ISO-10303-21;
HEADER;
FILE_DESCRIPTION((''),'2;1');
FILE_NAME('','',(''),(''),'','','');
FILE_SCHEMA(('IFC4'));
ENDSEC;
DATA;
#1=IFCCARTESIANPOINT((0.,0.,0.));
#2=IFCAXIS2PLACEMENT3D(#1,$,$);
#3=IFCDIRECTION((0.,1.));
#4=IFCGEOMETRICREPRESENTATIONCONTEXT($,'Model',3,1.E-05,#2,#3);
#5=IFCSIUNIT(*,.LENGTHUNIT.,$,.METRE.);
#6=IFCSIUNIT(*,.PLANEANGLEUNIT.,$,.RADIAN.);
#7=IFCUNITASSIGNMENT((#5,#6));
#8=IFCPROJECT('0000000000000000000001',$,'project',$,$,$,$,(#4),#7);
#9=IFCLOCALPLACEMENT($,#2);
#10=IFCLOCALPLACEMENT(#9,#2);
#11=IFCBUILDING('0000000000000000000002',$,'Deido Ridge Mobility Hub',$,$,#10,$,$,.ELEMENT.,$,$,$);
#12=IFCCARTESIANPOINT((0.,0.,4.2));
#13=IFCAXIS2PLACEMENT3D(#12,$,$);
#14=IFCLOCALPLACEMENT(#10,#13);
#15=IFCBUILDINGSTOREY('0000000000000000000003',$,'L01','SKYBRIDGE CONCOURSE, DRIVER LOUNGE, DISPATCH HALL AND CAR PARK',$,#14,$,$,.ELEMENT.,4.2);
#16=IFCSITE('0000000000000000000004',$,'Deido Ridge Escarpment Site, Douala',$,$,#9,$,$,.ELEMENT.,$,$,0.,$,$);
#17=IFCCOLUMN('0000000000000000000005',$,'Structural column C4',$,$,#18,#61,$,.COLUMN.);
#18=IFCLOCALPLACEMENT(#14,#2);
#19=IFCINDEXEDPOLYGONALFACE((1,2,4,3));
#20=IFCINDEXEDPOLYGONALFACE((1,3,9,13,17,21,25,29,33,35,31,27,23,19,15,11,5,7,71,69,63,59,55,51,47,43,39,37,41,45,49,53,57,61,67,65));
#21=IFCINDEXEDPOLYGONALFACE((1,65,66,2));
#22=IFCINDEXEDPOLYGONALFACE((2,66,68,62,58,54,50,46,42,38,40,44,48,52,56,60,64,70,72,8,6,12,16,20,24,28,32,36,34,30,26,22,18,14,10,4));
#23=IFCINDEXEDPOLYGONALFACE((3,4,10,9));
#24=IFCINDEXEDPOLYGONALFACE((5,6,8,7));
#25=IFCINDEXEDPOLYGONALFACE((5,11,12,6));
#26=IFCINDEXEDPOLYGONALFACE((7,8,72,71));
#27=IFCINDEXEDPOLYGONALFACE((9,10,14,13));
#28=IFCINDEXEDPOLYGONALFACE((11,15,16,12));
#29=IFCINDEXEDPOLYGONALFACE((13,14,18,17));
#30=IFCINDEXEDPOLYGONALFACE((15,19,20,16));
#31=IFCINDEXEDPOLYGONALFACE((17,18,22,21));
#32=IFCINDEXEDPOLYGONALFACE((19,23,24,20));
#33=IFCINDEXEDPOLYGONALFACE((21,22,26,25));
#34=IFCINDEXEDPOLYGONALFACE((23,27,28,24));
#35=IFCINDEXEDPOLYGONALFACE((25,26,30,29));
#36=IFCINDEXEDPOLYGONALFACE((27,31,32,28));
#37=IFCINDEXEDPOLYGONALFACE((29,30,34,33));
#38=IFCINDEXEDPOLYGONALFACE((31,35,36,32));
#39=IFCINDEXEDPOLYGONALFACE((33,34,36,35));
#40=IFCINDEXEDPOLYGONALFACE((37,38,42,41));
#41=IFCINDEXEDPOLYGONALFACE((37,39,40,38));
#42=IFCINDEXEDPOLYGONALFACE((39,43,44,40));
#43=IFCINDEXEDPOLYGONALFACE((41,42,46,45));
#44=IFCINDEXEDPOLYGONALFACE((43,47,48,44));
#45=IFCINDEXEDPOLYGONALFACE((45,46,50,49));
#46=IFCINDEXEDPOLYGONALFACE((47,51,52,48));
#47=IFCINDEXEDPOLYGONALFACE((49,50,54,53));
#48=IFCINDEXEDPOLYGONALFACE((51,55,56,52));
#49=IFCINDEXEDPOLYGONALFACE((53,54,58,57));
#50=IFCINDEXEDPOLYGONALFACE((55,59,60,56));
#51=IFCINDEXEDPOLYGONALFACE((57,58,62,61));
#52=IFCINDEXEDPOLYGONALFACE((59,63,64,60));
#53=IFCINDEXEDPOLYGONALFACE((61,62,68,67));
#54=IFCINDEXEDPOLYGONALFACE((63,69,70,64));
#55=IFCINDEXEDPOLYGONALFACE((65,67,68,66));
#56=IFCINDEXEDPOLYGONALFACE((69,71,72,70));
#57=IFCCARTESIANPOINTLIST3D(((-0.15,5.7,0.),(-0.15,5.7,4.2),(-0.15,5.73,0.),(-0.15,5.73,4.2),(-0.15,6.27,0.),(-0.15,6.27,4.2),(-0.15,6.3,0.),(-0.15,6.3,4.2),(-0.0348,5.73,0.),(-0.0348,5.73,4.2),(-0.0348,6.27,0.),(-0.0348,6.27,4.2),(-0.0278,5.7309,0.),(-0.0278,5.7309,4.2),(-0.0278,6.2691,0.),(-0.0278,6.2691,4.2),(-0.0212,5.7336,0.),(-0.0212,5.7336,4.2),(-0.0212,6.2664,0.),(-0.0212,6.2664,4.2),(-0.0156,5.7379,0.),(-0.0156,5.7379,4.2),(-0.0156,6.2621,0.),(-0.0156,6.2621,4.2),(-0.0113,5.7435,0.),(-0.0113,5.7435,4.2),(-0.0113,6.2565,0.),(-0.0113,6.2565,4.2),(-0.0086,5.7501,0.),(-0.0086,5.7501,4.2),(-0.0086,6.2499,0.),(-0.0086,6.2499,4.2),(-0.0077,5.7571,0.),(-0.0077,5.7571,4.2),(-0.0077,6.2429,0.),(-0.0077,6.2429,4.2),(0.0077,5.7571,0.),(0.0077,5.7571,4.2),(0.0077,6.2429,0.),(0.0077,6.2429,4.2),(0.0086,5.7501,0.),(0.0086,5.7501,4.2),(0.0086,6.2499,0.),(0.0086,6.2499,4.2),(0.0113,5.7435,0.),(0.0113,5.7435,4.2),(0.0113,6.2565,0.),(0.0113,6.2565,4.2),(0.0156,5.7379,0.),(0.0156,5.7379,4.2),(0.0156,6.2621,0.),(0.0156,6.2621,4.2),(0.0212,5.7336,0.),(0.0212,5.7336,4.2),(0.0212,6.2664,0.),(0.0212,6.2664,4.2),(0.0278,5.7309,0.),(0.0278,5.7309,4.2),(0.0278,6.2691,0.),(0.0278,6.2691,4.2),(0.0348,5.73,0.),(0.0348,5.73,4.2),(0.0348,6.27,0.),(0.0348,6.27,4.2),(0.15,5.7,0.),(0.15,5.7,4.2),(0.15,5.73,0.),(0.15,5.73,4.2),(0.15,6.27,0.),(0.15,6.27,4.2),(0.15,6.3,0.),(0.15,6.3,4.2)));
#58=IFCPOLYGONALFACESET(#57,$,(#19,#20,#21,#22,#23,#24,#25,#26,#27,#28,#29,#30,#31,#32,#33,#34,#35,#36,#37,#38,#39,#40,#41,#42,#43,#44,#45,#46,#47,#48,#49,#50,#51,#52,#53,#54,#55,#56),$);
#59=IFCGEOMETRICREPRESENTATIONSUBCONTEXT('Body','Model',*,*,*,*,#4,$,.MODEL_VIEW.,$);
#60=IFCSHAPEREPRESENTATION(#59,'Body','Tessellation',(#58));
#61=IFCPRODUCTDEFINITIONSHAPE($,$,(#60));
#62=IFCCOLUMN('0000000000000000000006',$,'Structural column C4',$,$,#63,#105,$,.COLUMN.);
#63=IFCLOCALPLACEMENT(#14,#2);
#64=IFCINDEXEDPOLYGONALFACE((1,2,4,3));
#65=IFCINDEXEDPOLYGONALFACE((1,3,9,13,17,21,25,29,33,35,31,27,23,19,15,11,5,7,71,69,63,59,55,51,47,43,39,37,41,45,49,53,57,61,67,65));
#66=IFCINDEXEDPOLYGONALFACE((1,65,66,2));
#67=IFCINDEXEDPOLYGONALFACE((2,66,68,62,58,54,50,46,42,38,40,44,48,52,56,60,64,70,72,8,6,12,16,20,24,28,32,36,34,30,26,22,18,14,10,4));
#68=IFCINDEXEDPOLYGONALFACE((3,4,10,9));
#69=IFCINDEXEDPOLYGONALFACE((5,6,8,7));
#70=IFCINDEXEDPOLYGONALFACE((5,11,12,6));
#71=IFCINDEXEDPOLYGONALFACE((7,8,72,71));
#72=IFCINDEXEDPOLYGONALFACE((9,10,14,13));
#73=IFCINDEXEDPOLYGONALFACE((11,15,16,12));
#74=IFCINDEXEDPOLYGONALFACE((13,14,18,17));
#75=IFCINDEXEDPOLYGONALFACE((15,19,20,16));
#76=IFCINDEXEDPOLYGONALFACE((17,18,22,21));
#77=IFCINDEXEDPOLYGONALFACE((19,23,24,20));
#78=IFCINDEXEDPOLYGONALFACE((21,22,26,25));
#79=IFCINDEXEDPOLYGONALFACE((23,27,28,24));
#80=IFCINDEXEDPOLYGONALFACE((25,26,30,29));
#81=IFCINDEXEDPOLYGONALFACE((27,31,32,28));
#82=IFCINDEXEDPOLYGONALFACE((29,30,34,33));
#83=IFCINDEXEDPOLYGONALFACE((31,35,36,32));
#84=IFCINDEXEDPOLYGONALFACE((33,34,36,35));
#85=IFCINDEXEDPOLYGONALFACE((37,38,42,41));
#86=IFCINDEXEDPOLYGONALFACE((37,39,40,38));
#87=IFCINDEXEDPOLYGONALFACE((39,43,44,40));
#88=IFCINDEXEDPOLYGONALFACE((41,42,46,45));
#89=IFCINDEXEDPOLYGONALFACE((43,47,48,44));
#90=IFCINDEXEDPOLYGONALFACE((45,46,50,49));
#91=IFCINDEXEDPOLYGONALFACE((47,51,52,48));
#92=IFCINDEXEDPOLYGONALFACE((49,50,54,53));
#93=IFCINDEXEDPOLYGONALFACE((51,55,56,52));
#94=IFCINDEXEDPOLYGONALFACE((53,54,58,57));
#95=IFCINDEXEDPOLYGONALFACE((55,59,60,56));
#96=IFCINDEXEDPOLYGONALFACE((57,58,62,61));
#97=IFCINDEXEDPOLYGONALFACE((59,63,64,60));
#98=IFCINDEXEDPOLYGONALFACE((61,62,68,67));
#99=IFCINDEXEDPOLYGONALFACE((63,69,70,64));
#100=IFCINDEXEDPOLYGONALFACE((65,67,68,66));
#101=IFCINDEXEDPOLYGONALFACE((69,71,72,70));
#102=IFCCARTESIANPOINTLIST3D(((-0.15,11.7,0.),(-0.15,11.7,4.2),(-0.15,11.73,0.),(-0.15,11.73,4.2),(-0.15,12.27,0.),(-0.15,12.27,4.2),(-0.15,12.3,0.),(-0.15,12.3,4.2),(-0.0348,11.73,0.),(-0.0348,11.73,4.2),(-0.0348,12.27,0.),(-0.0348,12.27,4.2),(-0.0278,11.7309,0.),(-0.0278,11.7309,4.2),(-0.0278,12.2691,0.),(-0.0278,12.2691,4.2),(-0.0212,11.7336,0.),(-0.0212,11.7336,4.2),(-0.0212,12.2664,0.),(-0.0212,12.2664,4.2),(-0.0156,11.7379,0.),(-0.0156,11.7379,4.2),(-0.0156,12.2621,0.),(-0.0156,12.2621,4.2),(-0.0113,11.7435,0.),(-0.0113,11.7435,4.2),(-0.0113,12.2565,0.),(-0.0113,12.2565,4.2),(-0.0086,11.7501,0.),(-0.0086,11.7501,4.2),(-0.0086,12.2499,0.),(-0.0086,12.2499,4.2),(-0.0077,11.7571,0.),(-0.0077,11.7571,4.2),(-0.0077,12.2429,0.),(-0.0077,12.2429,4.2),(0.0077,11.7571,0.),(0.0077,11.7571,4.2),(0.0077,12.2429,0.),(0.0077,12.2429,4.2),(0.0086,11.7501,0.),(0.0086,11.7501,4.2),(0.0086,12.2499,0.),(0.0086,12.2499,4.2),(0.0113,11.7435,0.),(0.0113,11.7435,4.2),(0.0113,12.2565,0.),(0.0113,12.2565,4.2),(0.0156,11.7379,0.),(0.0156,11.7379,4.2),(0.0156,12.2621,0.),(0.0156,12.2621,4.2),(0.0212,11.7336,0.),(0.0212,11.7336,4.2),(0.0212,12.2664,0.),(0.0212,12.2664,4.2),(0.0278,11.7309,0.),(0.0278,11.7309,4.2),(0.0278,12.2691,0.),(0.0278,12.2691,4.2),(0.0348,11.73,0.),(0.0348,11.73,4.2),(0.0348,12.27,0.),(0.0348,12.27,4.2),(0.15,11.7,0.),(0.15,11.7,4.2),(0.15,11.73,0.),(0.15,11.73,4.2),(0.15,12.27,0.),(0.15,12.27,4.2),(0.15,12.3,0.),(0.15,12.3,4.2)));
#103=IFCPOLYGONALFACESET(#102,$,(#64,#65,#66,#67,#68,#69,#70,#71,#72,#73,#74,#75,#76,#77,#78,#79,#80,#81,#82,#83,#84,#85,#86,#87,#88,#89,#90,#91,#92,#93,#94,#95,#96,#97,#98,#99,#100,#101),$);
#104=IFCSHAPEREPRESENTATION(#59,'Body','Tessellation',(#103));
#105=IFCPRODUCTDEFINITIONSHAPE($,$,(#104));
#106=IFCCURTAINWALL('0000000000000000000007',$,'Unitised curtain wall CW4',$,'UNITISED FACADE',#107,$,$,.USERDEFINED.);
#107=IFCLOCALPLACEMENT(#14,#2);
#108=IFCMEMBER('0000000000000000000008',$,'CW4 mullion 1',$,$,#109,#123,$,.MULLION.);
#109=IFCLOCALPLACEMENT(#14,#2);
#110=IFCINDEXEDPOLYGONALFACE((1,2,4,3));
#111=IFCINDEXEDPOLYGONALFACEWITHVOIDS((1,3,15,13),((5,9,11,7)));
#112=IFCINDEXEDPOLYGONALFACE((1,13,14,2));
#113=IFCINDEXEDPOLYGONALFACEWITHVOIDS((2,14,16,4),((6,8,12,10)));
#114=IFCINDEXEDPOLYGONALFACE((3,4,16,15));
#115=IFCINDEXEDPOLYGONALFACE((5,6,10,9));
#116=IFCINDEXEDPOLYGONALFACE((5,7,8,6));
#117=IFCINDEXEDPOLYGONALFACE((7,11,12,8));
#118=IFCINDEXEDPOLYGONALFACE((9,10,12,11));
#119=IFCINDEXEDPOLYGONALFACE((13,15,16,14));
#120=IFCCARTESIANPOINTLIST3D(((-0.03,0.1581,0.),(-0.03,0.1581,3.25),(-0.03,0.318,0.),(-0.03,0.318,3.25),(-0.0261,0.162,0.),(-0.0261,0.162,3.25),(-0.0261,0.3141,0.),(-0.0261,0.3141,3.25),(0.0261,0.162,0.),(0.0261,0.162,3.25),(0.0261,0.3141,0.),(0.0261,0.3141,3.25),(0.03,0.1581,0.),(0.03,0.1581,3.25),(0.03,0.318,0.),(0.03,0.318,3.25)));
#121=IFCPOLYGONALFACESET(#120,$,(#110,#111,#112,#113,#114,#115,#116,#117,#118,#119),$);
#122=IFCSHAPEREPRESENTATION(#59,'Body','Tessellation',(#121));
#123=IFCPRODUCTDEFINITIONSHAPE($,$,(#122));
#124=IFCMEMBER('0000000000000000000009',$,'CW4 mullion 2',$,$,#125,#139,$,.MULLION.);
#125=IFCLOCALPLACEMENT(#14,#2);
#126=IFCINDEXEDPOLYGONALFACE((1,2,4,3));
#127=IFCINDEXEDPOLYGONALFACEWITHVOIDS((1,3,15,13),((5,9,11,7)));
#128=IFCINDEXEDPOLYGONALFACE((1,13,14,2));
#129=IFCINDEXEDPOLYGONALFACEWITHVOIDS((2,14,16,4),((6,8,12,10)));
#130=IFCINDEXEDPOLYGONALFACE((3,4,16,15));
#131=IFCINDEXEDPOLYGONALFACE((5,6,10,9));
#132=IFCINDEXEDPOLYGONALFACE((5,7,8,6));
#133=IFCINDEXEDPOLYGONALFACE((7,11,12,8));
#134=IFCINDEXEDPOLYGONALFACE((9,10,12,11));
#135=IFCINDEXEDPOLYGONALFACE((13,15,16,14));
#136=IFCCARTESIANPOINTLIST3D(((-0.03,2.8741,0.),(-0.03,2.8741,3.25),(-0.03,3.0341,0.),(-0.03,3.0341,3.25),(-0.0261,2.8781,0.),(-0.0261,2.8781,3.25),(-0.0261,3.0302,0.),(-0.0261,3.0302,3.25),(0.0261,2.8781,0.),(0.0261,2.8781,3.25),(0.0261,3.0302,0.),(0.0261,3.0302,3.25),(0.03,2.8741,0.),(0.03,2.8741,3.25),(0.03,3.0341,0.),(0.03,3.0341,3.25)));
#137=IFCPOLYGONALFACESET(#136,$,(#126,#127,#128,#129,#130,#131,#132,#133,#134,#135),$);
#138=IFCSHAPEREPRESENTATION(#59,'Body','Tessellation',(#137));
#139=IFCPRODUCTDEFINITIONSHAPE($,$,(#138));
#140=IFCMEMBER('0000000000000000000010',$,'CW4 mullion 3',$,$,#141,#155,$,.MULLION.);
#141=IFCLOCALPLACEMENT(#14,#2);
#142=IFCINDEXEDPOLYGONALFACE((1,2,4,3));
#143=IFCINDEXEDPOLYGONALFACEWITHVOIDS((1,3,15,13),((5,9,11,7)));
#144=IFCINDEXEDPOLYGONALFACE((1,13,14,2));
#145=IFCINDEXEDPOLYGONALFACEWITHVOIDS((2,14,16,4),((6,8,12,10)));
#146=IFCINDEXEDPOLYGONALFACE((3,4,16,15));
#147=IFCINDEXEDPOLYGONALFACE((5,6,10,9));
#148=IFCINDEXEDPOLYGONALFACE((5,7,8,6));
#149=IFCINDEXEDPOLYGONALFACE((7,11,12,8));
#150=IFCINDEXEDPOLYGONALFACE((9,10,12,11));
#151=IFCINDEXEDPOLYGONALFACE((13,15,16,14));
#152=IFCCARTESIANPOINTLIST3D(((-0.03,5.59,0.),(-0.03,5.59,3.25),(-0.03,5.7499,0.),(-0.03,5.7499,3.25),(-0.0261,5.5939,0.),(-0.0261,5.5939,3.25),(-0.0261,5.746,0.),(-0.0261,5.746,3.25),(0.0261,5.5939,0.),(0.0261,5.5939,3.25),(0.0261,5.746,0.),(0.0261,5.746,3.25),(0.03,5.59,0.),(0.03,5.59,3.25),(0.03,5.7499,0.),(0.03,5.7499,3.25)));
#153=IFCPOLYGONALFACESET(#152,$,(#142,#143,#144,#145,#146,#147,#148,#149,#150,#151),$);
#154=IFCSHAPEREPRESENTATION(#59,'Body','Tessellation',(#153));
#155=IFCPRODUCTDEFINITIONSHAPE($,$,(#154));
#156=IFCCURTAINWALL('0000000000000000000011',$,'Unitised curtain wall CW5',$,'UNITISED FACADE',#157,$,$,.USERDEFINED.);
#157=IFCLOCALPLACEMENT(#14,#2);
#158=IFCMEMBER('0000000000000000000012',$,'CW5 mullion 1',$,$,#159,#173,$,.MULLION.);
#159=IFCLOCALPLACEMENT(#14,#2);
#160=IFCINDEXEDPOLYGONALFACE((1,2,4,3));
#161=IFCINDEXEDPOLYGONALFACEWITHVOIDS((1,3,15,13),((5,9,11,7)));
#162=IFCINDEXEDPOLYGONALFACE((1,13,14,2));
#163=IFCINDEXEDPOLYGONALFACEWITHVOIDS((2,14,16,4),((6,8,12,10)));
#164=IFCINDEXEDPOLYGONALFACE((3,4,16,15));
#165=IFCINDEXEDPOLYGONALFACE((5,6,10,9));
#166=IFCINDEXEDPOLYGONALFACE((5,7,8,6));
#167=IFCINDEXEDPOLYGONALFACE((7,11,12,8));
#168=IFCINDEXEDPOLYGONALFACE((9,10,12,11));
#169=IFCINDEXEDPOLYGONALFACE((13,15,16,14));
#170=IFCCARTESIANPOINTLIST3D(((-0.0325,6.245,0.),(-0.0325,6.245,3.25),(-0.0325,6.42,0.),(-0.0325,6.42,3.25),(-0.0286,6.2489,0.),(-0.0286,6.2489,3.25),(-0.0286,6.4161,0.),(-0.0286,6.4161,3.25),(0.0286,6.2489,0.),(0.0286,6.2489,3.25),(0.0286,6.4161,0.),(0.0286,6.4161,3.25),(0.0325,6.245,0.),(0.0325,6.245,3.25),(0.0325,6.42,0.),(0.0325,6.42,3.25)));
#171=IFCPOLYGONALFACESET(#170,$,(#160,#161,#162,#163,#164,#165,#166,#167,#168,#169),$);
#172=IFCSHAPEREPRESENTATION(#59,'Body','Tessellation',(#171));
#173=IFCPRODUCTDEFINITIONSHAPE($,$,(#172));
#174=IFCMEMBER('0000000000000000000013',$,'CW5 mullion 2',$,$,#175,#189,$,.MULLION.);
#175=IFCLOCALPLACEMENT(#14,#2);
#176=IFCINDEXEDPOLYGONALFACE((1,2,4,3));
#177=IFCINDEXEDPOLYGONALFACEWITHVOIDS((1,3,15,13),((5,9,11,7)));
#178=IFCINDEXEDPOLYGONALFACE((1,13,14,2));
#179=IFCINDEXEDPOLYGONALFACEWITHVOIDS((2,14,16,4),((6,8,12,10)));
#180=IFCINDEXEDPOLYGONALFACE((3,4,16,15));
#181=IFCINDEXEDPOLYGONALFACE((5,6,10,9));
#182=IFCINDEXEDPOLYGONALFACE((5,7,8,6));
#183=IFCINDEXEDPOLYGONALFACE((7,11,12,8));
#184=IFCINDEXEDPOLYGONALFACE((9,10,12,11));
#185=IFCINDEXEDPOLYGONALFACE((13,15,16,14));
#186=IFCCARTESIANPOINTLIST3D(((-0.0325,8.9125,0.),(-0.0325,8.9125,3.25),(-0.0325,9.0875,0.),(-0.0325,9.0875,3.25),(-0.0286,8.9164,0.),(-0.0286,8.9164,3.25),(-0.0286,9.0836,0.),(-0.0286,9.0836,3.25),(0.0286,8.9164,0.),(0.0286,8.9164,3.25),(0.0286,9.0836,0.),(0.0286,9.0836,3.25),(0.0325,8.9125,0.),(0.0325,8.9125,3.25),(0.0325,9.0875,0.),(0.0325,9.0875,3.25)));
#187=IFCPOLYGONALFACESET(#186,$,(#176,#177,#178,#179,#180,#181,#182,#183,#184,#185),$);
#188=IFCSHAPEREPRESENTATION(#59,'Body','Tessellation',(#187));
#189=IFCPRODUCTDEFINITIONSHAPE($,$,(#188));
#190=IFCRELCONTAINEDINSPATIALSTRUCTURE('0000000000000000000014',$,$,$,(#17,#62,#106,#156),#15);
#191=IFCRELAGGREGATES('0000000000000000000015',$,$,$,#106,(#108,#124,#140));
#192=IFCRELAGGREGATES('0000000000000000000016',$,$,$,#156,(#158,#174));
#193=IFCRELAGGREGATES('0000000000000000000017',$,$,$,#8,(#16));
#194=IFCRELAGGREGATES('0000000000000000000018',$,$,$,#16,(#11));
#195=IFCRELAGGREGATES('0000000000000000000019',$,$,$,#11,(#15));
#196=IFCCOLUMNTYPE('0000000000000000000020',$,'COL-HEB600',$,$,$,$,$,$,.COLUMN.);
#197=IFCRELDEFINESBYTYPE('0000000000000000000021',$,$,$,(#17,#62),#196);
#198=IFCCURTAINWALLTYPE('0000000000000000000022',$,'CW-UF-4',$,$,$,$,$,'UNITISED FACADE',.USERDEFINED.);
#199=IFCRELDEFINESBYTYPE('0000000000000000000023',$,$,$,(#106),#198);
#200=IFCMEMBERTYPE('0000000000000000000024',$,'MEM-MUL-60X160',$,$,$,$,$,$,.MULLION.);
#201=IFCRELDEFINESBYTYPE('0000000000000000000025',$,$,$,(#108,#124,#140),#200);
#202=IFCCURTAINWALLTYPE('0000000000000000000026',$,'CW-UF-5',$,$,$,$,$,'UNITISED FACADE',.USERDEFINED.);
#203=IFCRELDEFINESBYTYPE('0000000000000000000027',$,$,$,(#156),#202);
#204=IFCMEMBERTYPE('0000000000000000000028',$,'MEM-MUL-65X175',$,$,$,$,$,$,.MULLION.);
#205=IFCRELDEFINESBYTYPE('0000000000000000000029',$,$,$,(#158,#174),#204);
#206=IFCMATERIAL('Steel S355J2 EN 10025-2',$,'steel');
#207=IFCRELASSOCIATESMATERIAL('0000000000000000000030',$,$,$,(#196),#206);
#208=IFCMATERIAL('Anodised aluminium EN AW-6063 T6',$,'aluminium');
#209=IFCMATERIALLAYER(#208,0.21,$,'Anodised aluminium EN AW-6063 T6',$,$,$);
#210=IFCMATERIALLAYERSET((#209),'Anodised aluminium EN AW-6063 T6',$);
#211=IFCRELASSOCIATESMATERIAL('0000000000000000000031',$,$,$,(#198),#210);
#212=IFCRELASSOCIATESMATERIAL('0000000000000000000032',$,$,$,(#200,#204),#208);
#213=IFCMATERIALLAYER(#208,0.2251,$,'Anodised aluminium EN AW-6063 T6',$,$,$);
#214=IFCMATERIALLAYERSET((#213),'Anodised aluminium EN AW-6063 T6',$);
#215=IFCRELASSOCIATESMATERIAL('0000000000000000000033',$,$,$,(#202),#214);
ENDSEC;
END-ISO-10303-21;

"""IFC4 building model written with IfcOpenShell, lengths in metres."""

from ifc_helpers import new_model, si_unit, direction, frame, origin, origin_2d, place, context, subcontext, project, spatial, hollow_rectangle, i_section, extrude, material, layer, layer_set, material_profile, profile_set, type_object, element, aggregate, save


model = new_model("IFC4")

# Units and contexts
model_context = context("Model", 3, precision=1e-05, world=origin(), true_north=direction((0.0, 1.0)))
body_context = subcontext(model_context, "Body", "Model", "MODEL_VIEW")
ifc_project = project(units=[si_unit("LENGTHUNIT", "METRE"), si_unit("PLANEANGLEUNIT", "RADIAN")], contexts=[model_context])

# Site, building, storey
site_placement = place(None, origin())
site = spatial("IfcSite", under=ifc_project, at=site_placement, Name="Deido Ridge Escarpment Site, Douala", CompositionType="ELEMENT", RefElevation=0.0)
building_placement = place(site_placement, origin())
building = spatial("IfcBuilding", under=site, at=building_placement, Name="Deido Ridge Mobility Hub", CompositionType="ELEMENT")
storey_placement = place(building_placement, frame((0.0, 0.0, 4.2)))
storey = spatial("IfcBuildingStorey", under=building, at=storey_placement, Name="L01", Description="SKYBRIDGE CONCOURSE, DRIVER LOUNGE, DISPATCH HALL AND CAR PARK", CompositionType="ELEMENT", Elevation=4.2)

# Columns
ifc_material_1 = material(Name="Steel S355J2 EN 10025-2", Category="steel")
ifc_material_profile_1 = material_profile(ifc_material_1, i_section(OverallWidth=0.3, OverallDepth=0.6001, WebThickness=0.0154, FlangeThickness=0.03, FilletRadius=0.0271, at=origin_2d()), Name="HEB 600")
ifc_profile_set_1 = profile_set([ifc_material_profile_1], Name="Steel S355J2 EN 10025-2")
column_type = type_object("IfcColumnType", Name="COL-HEB600", PredefinedType="COLUMN", material=ifc_profile_set_1)
for number, where, z_axis, x_axis, name in (
    (1, (0.0, 6.0, 0.0), (0.0, 0.0, 1.0), (1.0, 0.0, 0.0), "Structural column C4"),
    (2, (0.0, 12.0, 0.0), (0.0, 0.0, 1.0), (1.0, 0.0, 0.0), "Structural column C4"),
):
    element("IfcColumn", number, at=place(storey_placement, frame(where, z_axis=z_axis, x_axis=x_axis)), inside=storey, type_object=column_type, Name=name, PredefinedType="COLUMN", context=body_context, shape_type="SweptSolid", body=[
        extrude(i_section(OverallWidth=0.3, OverallDepth=0.6001, WebThickness=0.0154, FlangeThickness=0.03, FilletRadius=0.0271, at=origin_2d()), origin(), (0.0, 0.0, 1.0), 4.2),
    ])

# Curtain walls, members
ifc_material_2 = material(Name="Anodised aluminium EN AW-6063 T6", Category="aluminium")
ifc_layer_1 = layer(ifc_material_2, 0.21, Name="Anodised aluminium EN AW-6063 T6")
ifc_layer_set_1 = layer_set([ifc_layer_1], Name="Anodised aluminium EN AW-6063 T6")
curtain_wall_type_1 = type_object("IfcCurtainWallType", Name="CW-UF-4", ElementType="UNITISED FACADE", PredefinedType="USERDEFINED", material=ifc_layer_set_1)
curtain_wall_1_placement = place(storey_placement, origin())
curtain_wall_1 = element("IfcCurtainWall", 3, at=curtain_wall_1_placement, inside=storey, type_object=curtain_wall_type_1, Name="Unitised curtain wall CW4", ObjectType="UNITISED FACADE", PredefinedType="USERDEFINED")
ifc_material_profile_2 = material_profile(ifc_material_2, hollow_rectangle(XDim=0.0601, YDim=0.1599, WallThickness=0.0039, at=origin_2d()), Name="RHS 60x160x4")
ifc_profile_set_2 = profile_set([ifc_material_profile_2], Name="Anodised aluminium EN AW-6063 T6")
member_type_1 = type_object("IfcMemberType", Name="MEM-MUL-60X160", PredefinedType="MULLION", material=ifc_profile_set_2)
member_1_placement = place(storey_placement, frame((0.0, 0.238, 0.0), z_axis=(0.0, 0.0, 1.0), x_axis=(-1.0, 0.0, 0.0)))
member_1 = element("IfcMember", 4, at=member_1_placement, type_object=member_type_1, Name="CW4 mullion 1", PredefinedType="MULLION", context=body_context, shape_type="SweptSolid", body=[
    extrude(hollow_rectangle(XDim=0.0601, YDim=0.1599, WallThickness=0.0039, at=origin_2d()), origin(), (0.0, 0.0, 1.0), 3.25),
])
member_2_placement = place(storey_placement, frame((0.0, 2.9541, 0.0), z_axis=(0.0, 0.0, 1.0), x_axis=(-1.0, 0.0, 0.0)))
member_2 = element("IfcMember", 5, at=member_2_placement, type_object=member_type_1, Name="CW4 mullion 2", PredefinedType="MULLION", context=body_context, shape_type="SweptSolid", body=[
    extrude(hollow_rectangle(XDim=0.0601, YDim=0.1599, WallThickness=0.0039, at=origin_2d()), origin(), (0.0, 0.0, 1.0), 3.25),
])
member_3_placement = place(storey_placement, frame((0.0, 5.6699, 0.0), z_axis=(0.0, 0.0, 1.0), x_axis=(-1.0, 0.0, 0.0)))
member_3 = element("IfcMember", 6, at=member_3_placement, type_object=member_type_1, Name="CW4 mullion 3", PredefinedType="MULLION", context=body_context, shape_type="SweptSolid", body=[
    extrude(hollow_rectangle(XDim=0.0601, YDim=0.1599, WallThickness=0.0039, at=origin_2d()), origin(), (0.0, 0.0, 1.0), 3.25),
])
ifc_layer_2 = layer(ifc_material_2, 0.2251, Name="Anodised aluminium EN AW-6063 T6")
ifc_layer_set_2 = layer_set([ifc_layer_2], Name="Anodised aluminium EN AW-6063 T6")
curtain_wall_type_2 = type_object("IfcCurtainWallType", Name="CW-UF-5", ElementType="UNITISED FACADE", PredefinedType="USERDEFINED", material=ifc_layer_set_2)
curtain_wall_2_placement = place(storey_placement, origin())
curtain_wall_2 = element("IfcCurtainWall", 7, at=curtain_wall_2_placement, inside=storey, type_object=curtain_wall_type_2, Name="Unitised curtain wall CW5", ObjectType="UNITISED FACADE", PredefinedType="USERDEFINED")
ifc_material_profile_3 = material_profile(ifc_material_2, hollow_rectangle(XDim=0.0649, YDim=0.175, WallThickness=0.0039, at=origin_2d()), Name="RHS 65x175x4")
ifc_profile_set_3 = profile_set([ifc_material_profile_3], Name="Anodised aluminium EN AW-6063 T6")
member_type_2 = type_object("IfcMemberType", Name="MEM-MUL-65X175", PredefinedType="MULLION", material=ifc_profile_set_3)
member_4_placement = place(storey_placement, frame((0.0, 6.3325, 0.0), z_axis=(0.0, 0.0, 1.0), x_axis=(-1.0, 0.0, 0.0)))
member_4 = element("IfcMember", 8, at=member_4_placement, type_object=member_type_2, Name="CW5 mullion 1", PredefinedType="MULLION", context=body_context, shape_type="SweptSolid", body=[
    extrude(hollow_rectangle(XDim=0.0649, YDim=0.175, WallThickness=0.0039, at=origin_2d()), origin(), (0.0, 0.0, 1.0), 3.25),
])
member_5_placement = place(storey_placement, frame((0.0, 9.0, 0.0), z_axis=(0.0, 0.0, 1.0), x_axis=(-1.0, 0.0, 0.0)))
member_5 = element("IfcMember", 9, at=member_5_placement, type_object=member_type_2, Name="CW5 mullion 2", PredefinedType="MULLION", context=body_context, shape_type="SweptSolid", body=[
    extrude(hollow_rectangle(XDim=0.0649, YDim=0.175, WallThickness=0.0039, at=origin_2d()), origin(), (0.0, 0.0, 1.0), 3.25),
])

aggregate(curtain_wall_1, [member_1, member_2, member_3])
aggregate(curtain_wall_2, [member_4, member_5])

save(model, "model.ifc")
